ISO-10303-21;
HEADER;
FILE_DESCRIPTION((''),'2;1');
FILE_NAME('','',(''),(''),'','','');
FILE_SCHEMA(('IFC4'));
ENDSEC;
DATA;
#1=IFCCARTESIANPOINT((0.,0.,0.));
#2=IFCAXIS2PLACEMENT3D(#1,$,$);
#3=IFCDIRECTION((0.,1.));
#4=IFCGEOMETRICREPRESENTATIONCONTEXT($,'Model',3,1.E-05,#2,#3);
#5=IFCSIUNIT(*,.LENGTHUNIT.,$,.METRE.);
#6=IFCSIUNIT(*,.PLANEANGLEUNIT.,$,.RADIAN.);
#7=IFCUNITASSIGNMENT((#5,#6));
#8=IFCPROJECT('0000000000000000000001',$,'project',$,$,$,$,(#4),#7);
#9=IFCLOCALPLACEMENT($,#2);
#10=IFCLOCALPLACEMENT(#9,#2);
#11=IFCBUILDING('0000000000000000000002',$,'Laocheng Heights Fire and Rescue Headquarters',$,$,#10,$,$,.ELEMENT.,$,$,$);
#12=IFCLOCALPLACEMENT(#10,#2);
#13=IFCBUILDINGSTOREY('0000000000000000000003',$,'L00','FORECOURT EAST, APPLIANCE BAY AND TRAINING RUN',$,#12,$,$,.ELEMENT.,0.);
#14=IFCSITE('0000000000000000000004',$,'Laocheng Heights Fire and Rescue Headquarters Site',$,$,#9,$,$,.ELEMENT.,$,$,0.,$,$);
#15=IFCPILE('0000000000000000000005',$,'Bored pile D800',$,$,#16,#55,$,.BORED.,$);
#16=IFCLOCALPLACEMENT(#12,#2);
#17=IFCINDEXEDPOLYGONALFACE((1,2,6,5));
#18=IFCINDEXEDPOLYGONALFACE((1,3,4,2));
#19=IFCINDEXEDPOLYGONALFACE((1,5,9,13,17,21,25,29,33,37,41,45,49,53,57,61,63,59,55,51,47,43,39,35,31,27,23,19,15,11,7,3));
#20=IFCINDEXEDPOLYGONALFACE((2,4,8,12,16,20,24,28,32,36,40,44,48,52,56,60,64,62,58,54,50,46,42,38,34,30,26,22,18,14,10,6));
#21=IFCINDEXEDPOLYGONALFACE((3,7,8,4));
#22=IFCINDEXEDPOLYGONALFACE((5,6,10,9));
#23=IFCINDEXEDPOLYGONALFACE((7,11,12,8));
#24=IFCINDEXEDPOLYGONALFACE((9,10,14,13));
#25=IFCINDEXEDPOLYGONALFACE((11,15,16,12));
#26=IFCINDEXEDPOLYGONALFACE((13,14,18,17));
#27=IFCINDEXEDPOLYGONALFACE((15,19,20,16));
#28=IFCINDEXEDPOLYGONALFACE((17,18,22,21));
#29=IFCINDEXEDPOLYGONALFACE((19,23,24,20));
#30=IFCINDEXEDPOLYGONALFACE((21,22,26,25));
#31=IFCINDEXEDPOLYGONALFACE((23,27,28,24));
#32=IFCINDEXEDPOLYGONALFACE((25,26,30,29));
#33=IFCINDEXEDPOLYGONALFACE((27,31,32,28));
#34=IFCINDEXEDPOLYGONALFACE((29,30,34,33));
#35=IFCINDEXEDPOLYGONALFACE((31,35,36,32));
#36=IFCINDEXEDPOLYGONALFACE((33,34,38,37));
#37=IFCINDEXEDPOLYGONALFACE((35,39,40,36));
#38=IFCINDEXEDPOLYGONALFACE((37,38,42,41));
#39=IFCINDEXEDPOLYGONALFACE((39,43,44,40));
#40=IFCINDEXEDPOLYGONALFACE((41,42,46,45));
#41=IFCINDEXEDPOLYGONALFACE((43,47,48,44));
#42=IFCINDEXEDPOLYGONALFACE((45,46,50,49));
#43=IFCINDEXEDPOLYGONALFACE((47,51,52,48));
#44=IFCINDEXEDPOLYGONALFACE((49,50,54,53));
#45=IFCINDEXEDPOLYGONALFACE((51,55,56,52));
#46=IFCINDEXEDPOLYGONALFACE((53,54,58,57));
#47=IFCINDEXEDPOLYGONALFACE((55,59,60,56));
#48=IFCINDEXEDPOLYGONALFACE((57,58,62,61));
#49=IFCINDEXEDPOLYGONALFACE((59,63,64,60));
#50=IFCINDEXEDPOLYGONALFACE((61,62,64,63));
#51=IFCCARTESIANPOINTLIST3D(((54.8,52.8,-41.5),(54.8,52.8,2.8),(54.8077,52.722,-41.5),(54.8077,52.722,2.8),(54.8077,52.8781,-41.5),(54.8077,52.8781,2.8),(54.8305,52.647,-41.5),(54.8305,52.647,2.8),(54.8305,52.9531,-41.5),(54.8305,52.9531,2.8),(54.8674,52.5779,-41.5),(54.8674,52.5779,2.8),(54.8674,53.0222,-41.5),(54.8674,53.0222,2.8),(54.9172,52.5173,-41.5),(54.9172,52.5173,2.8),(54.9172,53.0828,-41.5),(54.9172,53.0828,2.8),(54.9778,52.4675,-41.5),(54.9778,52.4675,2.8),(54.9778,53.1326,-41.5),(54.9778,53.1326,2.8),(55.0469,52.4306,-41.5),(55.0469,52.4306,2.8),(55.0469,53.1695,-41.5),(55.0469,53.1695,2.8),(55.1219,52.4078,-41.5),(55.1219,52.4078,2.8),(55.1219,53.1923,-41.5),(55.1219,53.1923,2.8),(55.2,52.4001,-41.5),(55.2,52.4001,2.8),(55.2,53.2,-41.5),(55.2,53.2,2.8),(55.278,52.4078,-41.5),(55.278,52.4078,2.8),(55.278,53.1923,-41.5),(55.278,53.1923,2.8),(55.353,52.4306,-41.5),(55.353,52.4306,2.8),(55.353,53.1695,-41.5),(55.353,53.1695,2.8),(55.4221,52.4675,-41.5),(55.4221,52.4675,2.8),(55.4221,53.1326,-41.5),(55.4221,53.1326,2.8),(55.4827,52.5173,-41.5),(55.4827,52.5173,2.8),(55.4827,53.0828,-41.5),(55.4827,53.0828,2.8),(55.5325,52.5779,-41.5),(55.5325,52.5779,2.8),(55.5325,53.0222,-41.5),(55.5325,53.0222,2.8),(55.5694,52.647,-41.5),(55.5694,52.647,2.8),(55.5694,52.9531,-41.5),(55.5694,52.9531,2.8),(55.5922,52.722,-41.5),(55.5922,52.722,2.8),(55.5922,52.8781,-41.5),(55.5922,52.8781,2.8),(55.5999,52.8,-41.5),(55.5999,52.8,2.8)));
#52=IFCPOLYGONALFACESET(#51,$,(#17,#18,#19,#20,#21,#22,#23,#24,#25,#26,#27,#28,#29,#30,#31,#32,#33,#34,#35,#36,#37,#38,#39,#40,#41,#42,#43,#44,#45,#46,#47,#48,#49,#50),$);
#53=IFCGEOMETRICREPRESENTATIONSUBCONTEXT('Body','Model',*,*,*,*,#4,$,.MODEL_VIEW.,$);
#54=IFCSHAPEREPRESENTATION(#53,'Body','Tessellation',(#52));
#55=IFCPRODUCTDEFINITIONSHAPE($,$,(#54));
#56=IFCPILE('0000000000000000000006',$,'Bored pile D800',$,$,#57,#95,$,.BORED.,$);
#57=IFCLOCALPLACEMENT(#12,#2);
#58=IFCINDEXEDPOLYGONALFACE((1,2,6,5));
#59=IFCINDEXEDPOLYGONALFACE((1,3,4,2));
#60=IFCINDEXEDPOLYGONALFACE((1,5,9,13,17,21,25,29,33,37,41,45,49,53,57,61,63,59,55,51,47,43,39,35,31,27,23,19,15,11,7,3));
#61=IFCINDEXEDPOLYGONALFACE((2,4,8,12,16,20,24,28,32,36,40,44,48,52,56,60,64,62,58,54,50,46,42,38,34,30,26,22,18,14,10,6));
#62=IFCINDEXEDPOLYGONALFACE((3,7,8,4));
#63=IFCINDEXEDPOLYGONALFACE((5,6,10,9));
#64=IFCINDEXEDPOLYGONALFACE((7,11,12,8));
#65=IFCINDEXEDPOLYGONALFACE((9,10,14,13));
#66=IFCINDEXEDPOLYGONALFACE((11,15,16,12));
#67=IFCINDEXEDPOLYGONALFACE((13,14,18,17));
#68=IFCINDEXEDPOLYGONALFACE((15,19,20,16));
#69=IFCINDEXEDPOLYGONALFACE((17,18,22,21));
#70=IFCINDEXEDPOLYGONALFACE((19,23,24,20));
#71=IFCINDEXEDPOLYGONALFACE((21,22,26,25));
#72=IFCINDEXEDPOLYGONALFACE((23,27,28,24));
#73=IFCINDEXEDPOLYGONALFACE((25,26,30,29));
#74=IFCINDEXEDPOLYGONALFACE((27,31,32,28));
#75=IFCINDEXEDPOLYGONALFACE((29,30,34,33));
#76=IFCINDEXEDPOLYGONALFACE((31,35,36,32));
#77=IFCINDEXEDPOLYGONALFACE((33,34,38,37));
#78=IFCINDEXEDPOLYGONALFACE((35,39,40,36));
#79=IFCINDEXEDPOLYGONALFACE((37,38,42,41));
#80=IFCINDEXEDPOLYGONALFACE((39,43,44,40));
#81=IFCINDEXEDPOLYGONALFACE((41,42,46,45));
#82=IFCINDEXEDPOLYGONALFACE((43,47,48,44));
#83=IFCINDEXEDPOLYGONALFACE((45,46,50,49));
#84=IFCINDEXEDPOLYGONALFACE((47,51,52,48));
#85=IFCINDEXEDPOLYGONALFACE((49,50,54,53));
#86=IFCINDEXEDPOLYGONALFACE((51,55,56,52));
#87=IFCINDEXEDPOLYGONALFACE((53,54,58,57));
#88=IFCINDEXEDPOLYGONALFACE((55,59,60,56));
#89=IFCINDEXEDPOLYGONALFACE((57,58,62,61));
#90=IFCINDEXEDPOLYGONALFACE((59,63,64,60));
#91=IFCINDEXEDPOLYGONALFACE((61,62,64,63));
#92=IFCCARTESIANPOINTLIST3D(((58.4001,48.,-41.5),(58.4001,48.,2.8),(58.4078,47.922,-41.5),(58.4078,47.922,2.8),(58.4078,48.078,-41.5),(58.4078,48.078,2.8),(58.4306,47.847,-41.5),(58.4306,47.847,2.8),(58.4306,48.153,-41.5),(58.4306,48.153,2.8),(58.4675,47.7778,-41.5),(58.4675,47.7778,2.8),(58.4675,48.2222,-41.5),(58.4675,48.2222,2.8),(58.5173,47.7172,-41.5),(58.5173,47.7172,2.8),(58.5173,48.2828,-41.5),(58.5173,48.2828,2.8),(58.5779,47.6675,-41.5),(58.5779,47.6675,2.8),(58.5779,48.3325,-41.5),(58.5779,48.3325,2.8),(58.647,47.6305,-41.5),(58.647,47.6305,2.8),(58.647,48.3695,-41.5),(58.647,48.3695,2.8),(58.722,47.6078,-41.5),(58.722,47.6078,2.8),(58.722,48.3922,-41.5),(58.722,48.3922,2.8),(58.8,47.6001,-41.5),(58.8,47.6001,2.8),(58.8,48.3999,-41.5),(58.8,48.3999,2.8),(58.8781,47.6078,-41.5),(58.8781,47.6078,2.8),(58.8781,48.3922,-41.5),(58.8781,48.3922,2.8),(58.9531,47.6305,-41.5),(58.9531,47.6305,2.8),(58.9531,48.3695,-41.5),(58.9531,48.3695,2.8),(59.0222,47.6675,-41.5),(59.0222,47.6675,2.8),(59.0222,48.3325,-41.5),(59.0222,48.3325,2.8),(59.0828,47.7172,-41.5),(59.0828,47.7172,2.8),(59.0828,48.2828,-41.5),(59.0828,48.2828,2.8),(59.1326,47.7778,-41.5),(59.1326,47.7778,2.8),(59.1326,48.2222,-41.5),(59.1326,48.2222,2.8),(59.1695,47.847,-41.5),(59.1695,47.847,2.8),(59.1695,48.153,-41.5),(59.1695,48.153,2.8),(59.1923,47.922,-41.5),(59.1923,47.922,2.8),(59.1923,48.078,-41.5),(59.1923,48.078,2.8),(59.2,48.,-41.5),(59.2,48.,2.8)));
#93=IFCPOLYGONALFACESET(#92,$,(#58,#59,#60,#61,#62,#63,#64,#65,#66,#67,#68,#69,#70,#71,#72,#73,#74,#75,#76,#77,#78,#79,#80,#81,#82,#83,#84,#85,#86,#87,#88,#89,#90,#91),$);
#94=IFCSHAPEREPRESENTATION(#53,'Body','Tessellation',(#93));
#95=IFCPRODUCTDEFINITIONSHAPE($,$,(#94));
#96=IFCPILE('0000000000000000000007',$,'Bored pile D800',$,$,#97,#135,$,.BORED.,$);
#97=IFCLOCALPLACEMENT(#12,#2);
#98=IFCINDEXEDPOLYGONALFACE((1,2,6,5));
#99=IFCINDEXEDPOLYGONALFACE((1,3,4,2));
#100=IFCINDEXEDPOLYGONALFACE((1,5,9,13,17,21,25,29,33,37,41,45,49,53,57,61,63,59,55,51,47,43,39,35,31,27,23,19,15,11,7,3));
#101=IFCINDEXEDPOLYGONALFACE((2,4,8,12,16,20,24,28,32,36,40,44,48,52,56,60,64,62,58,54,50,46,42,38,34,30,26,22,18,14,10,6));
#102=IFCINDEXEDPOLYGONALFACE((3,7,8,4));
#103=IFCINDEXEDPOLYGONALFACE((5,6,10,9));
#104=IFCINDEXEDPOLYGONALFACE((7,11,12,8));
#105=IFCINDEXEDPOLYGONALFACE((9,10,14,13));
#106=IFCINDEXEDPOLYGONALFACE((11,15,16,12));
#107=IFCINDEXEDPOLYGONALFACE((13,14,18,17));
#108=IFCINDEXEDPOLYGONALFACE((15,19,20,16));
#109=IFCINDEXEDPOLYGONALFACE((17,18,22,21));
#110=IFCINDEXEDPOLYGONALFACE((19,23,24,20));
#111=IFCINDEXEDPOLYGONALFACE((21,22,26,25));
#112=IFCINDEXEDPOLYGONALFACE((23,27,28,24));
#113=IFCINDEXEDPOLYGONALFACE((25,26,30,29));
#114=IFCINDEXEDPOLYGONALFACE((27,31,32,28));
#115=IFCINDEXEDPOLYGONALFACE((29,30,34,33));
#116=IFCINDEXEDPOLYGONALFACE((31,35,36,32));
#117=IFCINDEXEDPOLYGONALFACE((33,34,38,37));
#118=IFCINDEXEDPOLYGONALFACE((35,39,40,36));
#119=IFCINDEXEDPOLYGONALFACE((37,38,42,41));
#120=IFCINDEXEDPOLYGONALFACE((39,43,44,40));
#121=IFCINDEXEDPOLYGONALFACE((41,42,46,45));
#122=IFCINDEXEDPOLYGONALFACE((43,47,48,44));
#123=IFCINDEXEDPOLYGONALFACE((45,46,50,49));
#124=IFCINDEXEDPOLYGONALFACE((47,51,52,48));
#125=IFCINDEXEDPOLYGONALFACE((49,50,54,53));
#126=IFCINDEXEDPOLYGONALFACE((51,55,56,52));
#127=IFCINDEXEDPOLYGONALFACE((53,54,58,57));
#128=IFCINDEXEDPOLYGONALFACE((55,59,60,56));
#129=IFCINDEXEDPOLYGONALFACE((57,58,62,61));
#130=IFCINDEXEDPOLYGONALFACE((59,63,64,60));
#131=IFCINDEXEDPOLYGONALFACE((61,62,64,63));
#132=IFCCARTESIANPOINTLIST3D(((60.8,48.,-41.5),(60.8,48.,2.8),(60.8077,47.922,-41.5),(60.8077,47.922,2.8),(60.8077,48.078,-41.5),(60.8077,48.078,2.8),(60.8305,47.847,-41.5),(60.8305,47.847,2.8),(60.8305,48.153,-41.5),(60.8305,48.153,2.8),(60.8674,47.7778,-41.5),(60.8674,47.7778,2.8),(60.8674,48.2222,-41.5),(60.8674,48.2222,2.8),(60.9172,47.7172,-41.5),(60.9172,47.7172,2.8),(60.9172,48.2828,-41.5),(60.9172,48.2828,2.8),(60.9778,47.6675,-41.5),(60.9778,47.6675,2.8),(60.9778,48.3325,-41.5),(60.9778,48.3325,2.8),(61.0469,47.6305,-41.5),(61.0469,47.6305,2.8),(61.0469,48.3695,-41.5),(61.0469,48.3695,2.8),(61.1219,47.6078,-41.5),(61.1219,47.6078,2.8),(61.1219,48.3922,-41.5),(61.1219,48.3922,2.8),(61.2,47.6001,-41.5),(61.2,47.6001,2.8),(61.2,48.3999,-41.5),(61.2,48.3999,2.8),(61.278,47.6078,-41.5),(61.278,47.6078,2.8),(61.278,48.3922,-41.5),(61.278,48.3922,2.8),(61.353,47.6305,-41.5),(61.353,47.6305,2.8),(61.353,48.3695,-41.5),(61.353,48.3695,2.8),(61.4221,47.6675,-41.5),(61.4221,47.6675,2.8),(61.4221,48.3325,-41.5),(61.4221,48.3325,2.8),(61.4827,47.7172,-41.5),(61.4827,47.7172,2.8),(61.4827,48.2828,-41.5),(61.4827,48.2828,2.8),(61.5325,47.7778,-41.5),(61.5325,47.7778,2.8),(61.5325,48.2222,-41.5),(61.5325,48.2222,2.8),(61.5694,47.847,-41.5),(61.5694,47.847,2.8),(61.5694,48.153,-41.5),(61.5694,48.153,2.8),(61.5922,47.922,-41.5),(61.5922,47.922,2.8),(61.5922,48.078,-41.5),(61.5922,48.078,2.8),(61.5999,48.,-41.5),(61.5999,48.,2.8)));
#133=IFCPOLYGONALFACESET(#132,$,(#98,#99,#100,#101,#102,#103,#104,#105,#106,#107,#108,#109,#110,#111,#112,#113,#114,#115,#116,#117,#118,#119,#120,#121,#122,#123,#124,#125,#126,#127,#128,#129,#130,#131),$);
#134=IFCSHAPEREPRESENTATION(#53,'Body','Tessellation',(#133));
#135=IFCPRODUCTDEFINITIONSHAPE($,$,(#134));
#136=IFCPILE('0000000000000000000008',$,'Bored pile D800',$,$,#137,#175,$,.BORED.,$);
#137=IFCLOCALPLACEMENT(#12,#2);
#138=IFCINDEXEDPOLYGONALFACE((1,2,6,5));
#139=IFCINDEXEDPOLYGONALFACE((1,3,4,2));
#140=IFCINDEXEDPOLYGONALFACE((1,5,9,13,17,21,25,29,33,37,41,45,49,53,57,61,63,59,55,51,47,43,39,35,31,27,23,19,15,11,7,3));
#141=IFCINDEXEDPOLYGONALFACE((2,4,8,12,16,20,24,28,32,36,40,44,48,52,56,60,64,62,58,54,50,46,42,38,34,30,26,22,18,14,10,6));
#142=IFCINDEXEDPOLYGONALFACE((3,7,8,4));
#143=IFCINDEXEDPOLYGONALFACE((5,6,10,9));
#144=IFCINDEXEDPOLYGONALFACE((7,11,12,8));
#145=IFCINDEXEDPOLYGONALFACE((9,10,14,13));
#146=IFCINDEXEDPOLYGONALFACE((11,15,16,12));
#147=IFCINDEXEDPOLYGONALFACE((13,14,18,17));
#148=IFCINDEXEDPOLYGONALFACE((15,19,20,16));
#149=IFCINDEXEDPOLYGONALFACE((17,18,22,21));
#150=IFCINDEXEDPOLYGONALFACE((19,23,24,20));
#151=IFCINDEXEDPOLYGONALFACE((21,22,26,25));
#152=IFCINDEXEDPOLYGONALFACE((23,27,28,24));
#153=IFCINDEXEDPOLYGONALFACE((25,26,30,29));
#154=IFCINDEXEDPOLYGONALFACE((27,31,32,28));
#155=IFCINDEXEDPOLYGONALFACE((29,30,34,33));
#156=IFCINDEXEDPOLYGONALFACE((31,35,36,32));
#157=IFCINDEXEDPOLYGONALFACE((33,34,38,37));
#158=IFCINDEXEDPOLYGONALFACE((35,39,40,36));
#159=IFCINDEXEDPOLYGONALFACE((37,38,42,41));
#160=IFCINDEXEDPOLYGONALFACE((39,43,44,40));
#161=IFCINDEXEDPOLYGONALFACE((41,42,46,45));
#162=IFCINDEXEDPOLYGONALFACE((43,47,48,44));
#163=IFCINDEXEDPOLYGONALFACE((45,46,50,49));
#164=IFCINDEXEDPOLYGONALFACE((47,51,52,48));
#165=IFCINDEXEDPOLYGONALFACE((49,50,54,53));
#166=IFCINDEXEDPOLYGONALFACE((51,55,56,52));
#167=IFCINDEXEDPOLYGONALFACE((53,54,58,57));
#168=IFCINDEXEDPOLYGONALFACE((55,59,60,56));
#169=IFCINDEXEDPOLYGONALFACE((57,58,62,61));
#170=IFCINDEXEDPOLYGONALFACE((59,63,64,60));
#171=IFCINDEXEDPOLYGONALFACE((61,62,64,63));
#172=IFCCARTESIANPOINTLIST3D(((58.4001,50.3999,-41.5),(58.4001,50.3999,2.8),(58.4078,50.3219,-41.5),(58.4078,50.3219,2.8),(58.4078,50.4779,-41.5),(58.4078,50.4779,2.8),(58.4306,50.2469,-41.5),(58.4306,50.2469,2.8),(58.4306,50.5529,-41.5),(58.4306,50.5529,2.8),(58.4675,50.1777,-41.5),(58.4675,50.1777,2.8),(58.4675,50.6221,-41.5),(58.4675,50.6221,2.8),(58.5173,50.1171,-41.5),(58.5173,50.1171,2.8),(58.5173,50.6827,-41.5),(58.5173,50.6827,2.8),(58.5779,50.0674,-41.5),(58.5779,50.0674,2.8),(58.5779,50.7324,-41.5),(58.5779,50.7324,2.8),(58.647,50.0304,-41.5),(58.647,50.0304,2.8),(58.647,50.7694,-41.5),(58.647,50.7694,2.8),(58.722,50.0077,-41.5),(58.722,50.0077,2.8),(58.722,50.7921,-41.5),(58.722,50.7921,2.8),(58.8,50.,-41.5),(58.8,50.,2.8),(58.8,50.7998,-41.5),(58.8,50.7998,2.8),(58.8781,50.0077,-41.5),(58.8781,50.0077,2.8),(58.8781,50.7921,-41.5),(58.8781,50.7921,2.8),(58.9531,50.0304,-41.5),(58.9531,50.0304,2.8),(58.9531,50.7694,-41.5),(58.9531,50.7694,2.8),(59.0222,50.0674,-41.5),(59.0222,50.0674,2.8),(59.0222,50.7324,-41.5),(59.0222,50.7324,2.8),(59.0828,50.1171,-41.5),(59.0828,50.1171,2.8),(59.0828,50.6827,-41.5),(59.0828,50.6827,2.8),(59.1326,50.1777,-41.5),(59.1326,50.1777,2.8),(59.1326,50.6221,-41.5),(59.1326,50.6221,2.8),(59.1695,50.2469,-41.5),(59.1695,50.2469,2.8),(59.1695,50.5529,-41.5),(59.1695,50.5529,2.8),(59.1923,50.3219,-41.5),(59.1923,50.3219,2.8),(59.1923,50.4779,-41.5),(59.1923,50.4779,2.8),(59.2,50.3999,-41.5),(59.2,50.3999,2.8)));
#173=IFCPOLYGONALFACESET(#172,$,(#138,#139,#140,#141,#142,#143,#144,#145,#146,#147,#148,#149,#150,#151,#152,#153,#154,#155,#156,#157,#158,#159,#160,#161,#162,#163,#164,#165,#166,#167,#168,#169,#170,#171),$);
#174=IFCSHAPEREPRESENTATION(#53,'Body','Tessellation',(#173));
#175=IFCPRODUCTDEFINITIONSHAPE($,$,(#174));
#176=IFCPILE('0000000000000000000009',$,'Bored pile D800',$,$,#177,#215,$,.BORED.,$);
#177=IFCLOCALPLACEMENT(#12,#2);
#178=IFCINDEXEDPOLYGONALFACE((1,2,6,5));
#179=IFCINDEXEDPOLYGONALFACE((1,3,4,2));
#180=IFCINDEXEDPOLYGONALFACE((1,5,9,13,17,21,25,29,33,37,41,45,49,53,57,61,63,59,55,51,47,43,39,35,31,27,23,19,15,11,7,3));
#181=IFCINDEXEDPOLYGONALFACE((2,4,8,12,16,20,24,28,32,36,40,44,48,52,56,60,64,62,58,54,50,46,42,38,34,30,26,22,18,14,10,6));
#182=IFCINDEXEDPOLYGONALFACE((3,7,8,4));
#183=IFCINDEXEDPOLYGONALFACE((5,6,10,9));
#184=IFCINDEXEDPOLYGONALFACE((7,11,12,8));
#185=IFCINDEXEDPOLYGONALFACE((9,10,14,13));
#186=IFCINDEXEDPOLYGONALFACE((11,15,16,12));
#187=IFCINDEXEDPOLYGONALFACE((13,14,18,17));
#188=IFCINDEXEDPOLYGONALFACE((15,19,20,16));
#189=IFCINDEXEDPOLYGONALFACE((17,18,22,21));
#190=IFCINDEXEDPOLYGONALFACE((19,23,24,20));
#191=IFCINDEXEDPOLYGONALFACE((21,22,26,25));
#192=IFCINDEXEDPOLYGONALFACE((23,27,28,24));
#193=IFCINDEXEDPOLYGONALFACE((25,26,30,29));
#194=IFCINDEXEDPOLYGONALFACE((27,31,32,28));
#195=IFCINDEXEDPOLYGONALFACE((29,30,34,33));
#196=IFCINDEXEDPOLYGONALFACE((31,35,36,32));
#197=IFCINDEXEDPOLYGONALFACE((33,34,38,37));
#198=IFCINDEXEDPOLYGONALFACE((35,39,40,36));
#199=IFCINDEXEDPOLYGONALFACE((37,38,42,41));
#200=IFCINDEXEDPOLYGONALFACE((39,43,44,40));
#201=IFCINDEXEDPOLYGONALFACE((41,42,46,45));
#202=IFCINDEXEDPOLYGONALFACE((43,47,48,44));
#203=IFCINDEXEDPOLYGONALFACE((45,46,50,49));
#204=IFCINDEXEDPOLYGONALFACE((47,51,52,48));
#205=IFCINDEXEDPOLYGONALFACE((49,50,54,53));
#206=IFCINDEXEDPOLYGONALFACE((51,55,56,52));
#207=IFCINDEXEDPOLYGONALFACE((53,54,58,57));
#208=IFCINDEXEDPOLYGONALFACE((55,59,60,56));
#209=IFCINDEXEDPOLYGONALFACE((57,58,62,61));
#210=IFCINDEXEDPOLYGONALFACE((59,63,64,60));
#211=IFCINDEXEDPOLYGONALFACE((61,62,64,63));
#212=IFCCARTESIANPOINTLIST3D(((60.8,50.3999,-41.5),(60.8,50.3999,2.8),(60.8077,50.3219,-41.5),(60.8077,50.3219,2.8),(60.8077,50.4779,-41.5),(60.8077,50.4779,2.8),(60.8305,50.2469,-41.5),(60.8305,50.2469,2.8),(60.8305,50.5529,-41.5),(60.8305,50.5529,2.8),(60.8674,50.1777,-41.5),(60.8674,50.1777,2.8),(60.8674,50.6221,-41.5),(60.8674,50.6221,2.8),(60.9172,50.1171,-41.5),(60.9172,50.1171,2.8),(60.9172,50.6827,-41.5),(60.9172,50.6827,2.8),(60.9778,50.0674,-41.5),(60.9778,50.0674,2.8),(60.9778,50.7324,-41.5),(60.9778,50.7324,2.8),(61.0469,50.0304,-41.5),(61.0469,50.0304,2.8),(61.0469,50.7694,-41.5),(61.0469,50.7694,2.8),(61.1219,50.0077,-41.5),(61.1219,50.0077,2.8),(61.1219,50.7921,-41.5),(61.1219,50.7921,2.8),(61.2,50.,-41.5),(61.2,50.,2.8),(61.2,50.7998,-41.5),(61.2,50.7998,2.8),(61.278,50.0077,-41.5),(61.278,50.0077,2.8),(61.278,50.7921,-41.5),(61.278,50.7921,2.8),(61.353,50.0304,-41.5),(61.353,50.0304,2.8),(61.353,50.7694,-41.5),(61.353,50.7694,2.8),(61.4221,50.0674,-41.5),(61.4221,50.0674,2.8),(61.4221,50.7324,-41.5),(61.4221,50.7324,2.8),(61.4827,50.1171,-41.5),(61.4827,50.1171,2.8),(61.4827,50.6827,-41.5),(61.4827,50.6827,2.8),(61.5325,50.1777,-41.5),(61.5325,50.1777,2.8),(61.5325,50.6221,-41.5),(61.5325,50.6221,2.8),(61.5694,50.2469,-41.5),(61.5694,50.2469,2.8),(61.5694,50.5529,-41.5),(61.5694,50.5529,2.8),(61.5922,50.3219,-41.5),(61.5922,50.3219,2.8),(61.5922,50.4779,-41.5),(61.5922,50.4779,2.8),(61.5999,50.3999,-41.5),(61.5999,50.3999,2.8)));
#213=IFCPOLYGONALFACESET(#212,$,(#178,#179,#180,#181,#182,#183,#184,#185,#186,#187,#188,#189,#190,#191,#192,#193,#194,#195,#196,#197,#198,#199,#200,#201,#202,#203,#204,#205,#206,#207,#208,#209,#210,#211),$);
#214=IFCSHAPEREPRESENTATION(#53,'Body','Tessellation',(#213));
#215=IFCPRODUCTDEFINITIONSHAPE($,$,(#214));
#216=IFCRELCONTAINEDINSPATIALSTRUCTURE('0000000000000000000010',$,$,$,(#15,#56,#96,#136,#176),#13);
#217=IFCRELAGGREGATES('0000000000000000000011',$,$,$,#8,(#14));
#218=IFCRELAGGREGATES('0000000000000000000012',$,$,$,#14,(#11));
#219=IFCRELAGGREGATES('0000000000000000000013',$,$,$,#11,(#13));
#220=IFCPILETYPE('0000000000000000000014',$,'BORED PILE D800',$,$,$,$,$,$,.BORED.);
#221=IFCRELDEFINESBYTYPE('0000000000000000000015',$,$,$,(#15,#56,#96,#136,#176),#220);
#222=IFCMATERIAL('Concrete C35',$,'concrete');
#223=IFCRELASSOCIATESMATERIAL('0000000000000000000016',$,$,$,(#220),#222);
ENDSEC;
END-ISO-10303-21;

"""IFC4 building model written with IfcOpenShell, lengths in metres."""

from ifc_helpers import new_model, si_unit, direction, frame, origin, origin_2d, place, context, subcontext, project, spatial, circle, extrude, material, material_profile, profile_set, type_object, element, save


model = new_model("IFC4")

# Units and contexts
model_context = context("Model", 3, precision=1e-05, world=origin(), true_north=direction((0.0, 1.0)))
body_context = subcontext(model_context, "Body", "Model", "MODEL_VIEW")
ifc_project = project(units=[si_unit("LENGTHUNIT", "METRE"), si_unit("PLANEANGLEUNIT", "RADIAN")], contexts=[model_context])

# Site, building, storey
site_placement = place(None, origin())
site = spatial("IfcSite", under=ifc_project, at=site_placement, Name="Laocheng Heights Fire and Rescue Headquarters Site", CompositionType="ELEMENT", RefElevation=0.0)
building_placement = place(site_placement, origin())
building = spatial("IfcBuilding", under=site, at=building_placement, Name="Laocheng Heights Fire and Rescue Headquarters", CompositionType="ELEMENT")
storey_placement = place(building_placement, origin())
storey = spatial("IfcBuildingStorey", under=building, at=storey_placement, Name="L00", Description="FORECOURT EAST, APPLIANCE BAY AND TRAINING RUN", CompositionType="ELEMENT", Elevation=0.0)

# Piles
ifc_material_1 = material(Name="Concrete C35", Category="concrete")
ifc_material_profile_1 = material_profile(ifc_material_1, circle(Radius=0.3999, at=origin_2d()), Name="BORED PILE D800")
ifc_profile_set_1 = profile_set([ifc_material_profile_1], Name="Concrete C35")
pile_type = type_object("IfcPileType", Name="BORED PILE D800", PredefinedType="BORED", material=ifc_profile_set_1)
for number, where, z_axis, x_axis, name in (
    (1, (55.2, 52.8, 2.8), (0.0, 0.0, -1.0), (1.0, 0.0, 0.0), "Bored pile D800"),
    (2, (58.8, 48.0, 2.8), (0.0, 0.0, -1.0), (1.0, 0.0, 0.0), "Bored pile D800"),
    (3, (61.2, 48.0, 2.8), (0.0, 0.0, -1.0), (1.0, 0.0, 0.0), "Bored pile D800"),
    (4, (58.8, 50.3999, 2.8), (0.0, 0.0, -1.0), (1.0, 0.0, 0.0), "Bored pile D800"),
    (5, (61.2, 50.3999, 2.8), (0.0, 0.0, -1.0), (1.0, 0.0, 0.0), "Bored pile D800"),
):
    element("IfcPile", number, at=place(storey_placement, frame(where, z_axis=z_axis, x_axis=x_axis)), inside=storey, type_object=pile_type, Name=name, PredefinedType="BORED", context=body_context, shape_type="SweptSolid", body=[
        extrude(circle(Radius=0.3999, at=origin_2d()), origin(), (0.0, 0.0, 1.0), 44.3),
    ])

save(model, "model.ifc")
